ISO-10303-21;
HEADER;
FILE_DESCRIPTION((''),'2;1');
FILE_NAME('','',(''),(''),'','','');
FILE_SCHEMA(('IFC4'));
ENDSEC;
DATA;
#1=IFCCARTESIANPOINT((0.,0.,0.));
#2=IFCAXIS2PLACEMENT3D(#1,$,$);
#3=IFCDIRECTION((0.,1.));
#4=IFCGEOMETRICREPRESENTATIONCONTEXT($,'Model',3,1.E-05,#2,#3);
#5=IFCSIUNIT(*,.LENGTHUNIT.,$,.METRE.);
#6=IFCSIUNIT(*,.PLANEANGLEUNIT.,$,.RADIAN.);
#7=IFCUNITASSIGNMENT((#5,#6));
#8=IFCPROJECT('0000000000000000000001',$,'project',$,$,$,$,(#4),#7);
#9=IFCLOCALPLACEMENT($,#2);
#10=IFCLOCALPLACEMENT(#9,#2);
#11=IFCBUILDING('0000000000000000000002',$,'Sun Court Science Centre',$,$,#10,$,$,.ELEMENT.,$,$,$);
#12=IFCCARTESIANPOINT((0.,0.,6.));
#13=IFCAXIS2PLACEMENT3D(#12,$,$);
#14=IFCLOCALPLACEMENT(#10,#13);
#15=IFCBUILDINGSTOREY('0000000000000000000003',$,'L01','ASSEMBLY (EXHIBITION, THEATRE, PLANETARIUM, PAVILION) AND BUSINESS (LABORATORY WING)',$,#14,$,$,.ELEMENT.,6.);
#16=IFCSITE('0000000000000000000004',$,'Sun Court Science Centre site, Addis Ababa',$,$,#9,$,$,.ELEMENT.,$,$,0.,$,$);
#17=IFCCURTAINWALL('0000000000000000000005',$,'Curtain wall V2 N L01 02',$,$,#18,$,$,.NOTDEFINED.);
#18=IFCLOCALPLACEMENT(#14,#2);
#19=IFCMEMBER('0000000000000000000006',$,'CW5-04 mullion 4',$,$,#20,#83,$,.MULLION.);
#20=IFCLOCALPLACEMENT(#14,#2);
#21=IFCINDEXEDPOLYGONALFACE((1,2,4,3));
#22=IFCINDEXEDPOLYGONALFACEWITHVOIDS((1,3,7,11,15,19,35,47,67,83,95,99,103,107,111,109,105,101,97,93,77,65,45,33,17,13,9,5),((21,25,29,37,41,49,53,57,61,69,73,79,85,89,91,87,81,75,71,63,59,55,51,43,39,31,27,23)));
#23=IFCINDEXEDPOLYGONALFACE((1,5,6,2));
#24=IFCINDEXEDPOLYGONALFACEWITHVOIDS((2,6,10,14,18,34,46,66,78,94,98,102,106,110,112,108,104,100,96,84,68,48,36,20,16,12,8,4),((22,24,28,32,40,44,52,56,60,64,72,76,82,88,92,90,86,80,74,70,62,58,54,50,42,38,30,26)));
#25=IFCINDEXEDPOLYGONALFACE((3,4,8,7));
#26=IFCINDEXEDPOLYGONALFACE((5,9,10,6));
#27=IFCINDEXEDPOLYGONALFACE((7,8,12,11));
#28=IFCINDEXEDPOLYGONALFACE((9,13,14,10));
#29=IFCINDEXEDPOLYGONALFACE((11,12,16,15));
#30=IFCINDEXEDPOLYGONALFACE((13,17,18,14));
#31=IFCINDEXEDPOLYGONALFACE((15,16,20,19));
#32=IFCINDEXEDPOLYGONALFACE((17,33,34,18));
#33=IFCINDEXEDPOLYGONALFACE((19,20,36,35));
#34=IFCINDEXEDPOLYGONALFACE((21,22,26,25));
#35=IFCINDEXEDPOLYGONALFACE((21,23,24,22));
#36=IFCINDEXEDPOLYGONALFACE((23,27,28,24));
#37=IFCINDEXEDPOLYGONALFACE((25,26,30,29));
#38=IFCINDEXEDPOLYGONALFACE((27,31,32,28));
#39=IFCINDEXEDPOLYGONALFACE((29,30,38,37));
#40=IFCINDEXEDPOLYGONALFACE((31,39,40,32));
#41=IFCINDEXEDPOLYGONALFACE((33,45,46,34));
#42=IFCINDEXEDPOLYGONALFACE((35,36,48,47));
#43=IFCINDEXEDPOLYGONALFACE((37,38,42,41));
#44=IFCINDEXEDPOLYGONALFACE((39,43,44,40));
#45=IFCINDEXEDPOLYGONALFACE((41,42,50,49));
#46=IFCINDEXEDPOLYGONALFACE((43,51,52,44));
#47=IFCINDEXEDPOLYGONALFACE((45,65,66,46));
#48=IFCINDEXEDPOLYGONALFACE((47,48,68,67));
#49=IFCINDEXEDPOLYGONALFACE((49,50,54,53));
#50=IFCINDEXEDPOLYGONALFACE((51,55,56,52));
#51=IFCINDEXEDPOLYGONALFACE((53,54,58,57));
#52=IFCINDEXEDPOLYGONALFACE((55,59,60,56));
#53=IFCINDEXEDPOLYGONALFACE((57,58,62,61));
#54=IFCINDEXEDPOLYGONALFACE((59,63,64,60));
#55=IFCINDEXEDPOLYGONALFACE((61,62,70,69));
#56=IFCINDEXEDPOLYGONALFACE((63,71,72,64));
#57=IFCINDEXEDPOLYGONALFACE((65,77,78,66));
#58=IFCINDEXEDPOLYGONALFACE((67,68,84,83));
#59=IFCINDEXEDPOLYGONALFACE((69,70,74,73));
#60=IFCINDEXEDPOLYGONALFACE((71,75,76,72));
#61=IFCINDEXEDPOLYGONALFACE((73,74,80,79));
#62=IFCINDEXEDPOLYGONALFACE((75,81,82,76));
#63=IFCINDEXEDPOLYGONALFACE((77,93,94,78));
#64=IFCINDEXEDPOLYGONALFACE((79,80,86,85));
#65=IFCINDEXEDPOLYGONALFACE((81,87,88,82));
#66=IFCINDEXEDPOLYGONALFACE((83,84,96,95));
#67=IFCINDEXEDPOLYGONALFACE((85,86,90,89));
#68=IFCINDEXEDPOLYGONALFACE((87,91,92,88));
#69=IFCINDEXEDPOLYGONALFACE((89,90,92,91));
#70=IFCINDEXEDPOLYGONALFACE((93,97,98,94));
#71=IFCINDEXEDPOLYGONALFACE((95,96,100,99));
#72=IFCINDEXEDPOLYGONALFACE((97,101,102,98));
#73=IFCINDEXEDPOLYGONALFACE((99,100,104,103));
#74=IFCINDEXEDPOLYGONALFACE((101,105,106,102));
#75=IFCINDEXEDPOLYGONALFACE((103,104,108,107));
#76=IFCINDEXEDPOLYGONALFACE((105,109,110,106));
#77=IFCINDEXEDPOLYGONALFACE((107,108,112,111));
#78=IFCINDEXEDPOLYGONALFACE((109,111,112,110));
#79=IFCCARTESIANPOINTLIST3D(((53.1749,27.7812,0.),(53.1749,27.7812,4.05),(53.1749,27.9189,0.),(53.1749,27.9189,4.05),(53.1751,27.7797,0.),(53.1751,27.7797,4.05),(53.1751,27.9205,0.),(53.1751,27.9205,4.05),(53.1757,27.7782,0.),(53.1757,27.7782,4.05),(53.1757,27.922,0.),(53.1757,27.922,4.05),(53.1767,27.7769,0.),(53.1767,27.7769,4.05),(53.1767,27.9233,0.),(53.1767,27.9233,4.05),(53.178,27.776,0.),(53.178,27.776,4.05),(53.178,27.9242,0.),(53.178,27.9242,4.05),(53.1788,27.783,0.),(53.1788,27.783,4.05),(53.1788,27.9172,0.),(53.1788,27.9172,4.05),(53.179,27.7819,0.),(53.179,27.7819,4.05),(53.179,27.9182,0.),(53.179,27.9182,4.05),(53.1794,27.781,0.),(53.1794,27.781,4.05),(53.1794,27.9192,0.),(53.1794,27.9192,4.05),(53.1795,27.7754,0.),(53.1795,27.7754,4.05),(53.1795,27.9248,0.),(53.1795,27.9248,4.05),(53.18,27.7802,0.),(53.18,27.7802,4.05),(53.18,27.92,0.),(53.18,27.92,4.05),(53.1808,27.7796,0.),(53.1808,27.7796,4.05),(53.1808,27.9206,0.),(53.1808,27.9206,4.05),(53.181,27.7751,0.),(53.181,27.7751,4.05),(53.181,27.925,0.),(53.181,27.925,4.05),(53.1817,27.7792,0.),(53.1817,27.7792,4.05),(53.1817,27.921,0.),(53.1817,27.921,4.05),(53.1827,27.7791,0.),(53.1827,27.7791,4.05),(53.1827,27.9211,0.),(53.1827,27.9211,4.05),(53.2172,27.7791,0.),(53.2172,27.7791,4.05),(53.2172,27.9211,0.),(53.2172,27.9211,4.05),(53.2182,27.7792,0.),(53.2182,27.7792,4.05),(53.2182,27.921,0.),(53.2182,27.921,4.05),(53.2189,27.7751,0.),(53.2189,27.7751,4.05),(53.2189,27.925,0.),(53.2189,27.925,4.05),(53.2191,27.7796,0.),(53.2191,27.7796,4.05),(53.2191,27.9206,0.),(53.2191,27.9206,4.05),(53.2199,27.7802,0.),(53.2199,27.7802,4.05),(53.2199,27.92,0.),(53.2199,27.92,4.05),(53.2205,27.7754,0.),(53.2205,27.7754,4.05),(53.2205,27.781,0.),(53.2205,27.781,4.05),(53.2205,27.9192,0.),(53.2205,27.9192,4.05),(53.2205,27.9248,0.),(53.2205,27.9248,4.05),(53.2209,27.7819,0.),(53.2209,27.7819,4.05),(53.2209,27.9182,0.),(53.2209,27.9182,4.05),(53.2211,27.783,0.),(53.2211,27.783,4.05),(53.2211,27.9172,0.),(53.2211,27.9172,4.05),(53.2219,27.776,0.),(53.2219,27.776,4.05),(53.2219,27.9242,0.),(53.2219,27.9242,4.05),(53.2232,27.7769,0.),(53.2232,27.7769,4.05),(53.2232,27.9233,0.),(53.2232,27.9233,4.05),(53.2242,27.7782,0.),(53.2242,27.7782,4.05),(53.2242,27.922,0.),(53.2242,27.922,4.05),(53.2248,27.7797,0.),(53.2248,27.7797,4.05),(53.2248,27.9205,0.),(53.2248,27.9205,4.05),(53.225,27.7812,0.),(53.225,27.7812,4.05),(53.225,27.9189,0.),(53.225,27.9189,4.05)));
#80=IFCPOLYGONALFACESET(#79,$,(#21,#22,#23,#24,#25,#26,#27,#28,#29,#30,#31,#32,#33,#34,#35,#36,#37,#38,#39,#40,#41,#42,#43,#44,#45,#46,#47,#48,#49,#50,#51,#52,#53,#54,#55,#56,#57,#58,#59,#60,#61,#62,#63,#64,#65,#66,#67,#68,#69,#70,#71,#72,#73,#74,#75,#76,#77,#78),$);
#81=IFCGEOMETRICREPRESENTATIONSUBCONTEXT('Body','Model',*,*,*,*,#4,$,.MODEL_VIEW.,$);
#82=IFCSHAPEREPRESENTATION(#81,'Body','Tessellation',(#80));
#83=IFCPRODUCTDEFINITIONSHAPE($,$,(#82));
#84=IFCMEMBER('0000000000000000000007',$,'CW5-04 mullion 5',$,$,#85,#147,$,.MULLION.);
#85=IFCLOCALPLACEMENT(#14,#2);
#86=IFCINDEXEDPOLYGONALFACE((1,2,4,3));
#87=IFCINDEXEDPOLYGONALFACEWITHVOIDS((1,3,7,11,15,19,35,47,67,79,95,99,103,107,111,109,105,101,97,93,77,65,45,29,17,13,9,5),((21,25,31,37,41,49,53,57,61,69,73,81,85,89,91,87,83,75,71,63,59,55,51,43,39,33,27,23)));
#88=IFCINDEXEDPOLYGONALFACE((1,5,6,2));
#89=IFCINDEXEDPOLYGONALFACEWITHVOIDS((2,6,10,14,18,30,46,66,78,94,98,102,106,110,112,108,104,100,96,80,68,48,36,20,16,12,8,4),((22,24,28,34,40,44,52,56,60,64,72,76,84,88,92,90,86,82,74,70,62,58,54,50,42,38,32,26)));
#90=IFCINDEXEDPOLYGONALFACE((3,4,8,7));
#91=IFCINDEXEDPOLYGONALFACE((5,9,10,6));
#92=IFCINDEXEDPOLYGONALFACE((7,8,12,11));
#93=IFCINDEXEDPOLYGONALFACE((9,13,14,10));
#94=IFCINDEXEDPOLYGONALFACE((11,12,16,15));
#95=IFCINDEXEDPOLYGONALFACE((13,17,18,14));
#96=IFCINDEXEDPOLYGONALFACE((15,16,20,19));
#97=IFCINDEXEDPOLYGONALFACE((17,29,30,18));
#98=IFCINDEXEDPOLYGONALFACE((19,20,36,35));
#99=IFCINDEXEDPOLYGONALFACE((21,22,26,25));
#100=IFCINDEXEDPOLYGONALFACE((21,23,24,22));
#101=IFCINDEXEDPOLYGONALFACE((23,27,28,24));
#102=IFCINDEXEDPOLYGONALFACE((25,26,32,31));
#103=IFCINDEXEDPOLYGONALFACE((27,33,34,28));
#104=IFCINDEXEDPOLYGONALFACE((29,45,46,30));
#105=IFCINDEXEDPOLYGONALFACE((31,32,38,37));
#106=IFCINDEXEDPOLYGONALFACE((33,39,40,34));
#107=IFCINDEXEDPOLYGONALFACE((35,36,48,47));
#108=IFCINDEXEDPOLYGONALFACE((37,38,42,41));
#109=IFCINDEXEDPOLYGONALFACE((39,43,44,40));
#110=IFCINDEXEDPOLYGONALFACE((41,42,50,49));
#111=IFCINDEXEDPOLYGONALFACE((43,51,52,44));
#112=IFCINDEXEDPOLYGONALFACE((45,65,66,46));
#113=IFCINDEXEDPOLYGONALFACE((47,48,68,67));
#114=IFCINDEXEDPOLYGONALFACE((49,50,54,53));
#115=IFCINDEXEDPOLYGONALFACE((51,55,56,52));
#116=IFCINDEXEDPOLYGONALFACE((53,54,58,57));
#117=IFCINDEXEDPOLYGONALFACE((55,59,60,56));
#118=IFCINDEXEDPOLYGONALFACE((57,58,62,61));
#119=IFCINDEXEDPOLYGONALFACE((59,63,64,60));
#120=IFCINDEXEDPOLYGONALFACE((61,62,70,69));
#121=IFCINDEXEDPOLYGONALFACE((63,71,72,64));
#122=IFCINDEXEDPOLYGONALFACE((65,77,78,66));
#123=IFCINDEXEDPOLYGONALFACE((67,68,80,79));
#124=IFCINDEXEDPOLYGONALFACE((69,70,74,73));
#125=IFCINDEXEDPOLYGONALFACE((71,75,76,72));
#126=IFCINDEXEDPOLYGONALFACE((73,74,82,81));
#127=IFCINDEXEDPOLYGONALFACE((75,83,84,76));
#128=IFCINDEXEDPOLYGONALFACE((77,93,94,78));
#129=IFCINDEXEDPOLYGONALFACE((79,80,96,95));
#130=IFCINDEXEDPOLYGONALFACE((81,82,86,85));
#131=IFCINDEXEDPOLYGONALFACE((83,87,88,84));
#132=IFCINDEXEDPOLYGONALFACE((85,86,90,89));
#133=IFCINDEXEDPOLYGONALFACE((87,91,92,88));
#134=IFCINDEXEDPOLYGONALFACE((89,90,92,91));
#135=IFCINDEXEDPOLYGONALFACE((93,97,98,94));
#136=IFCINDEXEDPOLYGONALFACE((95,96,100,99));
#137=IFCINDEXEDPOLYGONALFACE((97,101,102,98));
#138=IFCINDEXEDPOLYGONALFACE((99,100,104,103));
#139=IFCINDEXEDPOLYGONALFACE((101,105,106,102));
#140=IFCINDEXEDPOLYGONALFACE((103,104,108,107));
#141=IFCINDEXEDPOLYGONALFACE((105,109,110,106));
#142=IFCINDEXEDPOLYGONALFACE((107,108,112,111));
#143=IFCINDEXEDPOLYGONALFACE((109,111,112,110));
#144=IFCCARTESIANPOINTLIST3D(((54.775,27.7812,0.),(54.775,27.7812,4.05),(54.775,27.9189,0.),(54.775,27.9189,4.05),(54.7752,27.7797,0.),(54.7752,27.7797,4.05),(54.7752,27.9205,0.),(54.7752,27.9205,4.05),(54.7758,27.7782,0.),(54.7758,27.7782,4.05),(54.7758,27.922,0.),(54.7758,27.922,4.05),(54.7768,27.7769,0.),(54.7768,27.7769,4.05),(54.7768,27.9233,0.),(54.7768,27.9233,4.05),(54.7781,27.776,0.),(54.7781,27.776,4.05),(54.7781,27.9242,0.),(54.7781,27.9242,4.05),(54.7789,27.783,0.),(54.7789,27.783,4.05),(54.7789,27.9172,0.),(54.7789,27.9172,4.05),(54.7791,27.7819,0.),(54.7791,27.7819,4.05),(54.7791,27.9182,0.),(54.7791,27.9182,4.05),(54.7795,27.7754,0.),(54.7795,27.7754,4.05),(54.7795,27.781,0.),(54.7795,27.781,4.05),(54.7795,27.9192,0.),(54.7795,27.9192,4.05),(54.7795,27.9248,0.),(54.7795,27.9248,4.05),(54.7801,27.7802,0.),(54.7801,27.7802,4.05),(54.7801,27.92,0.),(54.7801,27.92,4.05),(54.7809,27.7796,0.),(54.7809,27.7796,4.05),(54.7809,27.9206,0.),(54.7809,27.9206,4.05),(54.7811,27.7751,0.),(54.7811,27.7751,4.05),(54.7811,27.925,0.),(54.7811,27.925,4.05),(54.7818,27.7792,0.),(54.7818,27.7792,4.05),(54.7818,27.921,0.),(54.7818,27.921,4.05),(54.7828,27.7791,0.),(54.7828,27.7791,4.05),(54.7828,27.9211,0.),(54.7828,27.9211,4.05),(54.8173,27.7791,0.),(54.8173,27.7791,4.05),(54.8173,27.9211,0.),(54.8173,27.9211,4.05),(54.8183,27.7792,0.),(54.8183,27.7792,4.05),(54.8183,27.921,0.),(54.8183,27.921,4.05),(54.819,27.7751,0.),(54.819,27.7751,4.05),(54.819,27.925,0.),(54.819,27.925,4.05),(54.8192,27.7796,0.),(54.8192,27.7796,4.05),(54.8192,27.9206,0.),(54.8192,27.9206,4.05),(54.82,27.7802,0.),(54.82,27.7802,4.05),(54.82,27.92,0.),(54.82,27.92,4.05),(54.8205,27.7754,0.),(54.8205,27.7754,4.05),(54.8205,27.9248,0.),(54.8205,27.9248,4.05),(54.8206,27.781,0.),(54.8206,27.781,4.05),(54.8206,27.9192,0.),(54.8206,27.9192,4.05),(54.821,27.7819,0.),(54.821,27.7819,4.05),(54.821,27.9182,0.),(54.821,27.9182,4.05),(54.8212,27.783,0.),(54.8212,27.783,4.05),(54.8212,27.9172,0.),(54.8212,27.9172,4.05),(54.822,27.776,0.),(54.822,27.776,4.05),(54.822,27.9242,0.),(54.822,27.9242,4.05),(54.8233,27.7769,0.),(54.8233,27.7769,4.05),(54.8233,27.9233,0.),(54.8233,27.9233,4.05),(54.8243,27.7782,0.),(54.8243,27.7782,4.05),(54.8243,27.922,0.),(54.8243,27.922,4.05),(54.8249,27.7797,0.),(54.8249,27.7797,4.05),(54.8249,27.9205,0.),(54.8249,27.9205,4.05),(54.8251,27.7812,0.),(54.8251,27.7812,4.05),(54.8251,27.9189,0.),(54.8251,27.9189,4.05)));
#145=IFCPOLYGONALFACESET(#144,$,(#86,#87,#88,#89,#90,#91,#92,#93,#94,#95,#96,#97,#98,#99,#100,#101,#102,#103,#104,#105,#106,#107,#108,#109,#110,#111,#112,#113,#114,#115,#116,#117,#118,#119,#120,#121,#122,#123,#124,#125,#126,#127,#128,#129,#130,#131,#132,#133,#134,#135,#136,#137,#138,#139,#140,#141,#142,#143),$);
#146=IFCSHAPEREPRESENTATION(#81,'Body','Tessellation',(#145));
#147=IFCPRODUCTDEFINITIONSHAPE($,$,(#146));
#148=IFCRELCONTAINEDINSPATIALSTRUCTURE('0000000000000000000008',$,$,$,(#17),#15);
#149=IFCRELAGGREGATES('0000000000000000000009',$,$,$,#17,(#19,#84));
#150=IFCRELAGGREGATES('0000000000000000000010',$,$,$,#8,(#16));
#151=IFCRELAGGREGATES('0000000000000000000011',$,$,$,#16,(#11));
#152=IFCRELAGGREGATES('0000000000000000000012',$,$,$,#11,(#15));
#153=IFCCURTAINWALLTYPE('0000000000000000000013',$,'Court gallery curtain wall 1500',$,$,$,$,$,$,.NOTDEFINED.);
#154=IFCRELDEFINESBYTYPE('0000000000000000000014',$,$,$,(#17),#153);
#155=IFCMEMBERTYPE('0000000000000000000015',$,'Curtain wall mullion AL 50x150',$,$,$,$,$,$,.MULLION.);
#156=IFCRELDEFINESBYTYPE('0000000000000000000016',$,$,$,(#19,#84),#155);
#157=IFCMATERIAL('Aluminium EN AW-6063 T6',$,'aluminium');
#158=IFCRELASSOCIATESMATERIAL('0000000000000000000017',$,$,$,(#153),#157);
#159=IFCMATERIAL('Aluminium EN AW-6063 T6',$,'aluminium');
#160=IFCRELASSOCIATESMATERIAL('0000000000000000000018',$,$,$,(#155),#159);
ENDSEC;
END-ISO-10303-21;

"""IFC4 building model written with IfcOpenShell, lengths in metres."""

from ifc_helpers import new_model, si_unit, direction, frame, origin, origin_2d, place, context, subcontext, project, spatial, hollow_rectangle, extrude, material, material_profile, profile_set, type_object, element, aggregate, save


model = new_model("IFC4")

# Units and contexts
model_context = context("Model", 3, precision=1e-05, world=origin(), true_north=direction((0.0, 1.0)))
body_context = subcontext(model_context, "Body", "Model", "MODEL_VIEW")
ifc_project = project(units=[si_unit("LENGTHUNIT", "METRE"), si_unit("PLANEANGLEUNIT", "RADIAN")], contexts=[model_context])

# Site, building, storey
site_placement = place(None, origin())
site = spatial("IfcSite", under=ifc_project, at=site_placement, Name="Sun Court Science Centre site, Addis Ababa", CompositionType="ELEMENT", RefElevation=0.0)
building_placement = place(site_placement, origin())
building = spatial("IfcBuilding", under=site, at=building_placement, Name="Sun Court Science Centre", CompositionType="ELEMENT")
storey_placement = place(building_placement, frame((0.0, 0.0, 6.0)))
storey = spatial("IfcBuildingStorey", under=building, at=storey_placement, Name="L01", Description="ASSEMBLY (EXHIBITION, THEATRE, PLANETARIUM, PAVILION) AND BUSINESS (LABORATORY WING)", CompositionType="ELEMENT", Elevation=6.0)

# Curtain wall, members
ifc_material_1 = material(Name="Aluminium EN AW-6063 T6", Category="aluminium")
curtain_wall_type_1 = type_object("IfcCurtainWallType", Name="Court gallery curtain wall 1500", PredefinedType="NOTDEFINED", material=ifc_material_1)
curtain_wall_1_placement = place(storey_placement, origin())
curtain_wall_1 = element("IfcCurtainWall", 1, at=curtain_wall_1_placement, inside=storey, type_object=curtain_wall_type_1, Name="Curtain wall V2 N L01 02", PredefinedType="NOTDEFINED")
ifc_material_2 = material(Name="Aluminium EN AW-6063 T6", Category="aluminium")
ifc_material_profile_1 = material_profile(ifc_material_2, hollow_rectangle(XDim=0.05, YDim=0.1499, WallThickness=0.0039, InnerFilletRadius=0.0039, OuterFilletRadius=0.0061, at=origin_2d()), Name="AL 50x150x4")
ifc_profile_set_1 = profile_set([ifc_material_profile_1], Name="Aluminium EN AW-6063 T6")
member_type_1 = type_object("IfcMemberType", Name="Curtain wall mullion AL 50x150", PredefinedType="MULLION", material=ifc_profile_set_1)
member_1_placement = place(storey_placement, frame((53.2, 27.8501, 0.0), z_axis=(0.0, 0.0, 1.0), x_axis=(1.0, 0.0, 0.0)))
member_1 = element("IfcMember", 2, at=member_1_placement, type_object=member_type_1, Name="CW5-04 mullion 4", PredefinedType="MULLION", context=body_context, shape_type="SweptSolid", body=[
    extrude(hollow_rectangle(XDim=0.05, YDim=0.1499, WallThickness=0.0039, InnerFilletRadius=0.0039, OuterFilletRadius=0.0061, at=origin_2d()), origin(), (0.0, 0.0, 1.0), 4.05),
])
member_2_placement = place(storey_placement, frame((54.8, 27.8501, 0.0), z_axis=(0.0, 0.0, 1.0), x_axis=(1.0, 0.0, 0.0)))
member_2 = element("IfcMember", 3, at=member_2_placement, type_object=member_type_1, Name="CW5-04 mullion 5", PredefinedType="MULLION", context=body_context, shape_type="SweptSolid", body=[
    extrude(hollow_rectangle(XDim=0.05, YDim=0.1499, WallThickness=0.0039, InnerFilletRadius=0.0039, OuterFilletRadius=0.0061, at=origin_2d()), origin(), (0.0, 0.0, 1.0), 4.05),
])

aggregate(curtain_wall_1, [member_1, member_2])

save(model, "model.ifc")
